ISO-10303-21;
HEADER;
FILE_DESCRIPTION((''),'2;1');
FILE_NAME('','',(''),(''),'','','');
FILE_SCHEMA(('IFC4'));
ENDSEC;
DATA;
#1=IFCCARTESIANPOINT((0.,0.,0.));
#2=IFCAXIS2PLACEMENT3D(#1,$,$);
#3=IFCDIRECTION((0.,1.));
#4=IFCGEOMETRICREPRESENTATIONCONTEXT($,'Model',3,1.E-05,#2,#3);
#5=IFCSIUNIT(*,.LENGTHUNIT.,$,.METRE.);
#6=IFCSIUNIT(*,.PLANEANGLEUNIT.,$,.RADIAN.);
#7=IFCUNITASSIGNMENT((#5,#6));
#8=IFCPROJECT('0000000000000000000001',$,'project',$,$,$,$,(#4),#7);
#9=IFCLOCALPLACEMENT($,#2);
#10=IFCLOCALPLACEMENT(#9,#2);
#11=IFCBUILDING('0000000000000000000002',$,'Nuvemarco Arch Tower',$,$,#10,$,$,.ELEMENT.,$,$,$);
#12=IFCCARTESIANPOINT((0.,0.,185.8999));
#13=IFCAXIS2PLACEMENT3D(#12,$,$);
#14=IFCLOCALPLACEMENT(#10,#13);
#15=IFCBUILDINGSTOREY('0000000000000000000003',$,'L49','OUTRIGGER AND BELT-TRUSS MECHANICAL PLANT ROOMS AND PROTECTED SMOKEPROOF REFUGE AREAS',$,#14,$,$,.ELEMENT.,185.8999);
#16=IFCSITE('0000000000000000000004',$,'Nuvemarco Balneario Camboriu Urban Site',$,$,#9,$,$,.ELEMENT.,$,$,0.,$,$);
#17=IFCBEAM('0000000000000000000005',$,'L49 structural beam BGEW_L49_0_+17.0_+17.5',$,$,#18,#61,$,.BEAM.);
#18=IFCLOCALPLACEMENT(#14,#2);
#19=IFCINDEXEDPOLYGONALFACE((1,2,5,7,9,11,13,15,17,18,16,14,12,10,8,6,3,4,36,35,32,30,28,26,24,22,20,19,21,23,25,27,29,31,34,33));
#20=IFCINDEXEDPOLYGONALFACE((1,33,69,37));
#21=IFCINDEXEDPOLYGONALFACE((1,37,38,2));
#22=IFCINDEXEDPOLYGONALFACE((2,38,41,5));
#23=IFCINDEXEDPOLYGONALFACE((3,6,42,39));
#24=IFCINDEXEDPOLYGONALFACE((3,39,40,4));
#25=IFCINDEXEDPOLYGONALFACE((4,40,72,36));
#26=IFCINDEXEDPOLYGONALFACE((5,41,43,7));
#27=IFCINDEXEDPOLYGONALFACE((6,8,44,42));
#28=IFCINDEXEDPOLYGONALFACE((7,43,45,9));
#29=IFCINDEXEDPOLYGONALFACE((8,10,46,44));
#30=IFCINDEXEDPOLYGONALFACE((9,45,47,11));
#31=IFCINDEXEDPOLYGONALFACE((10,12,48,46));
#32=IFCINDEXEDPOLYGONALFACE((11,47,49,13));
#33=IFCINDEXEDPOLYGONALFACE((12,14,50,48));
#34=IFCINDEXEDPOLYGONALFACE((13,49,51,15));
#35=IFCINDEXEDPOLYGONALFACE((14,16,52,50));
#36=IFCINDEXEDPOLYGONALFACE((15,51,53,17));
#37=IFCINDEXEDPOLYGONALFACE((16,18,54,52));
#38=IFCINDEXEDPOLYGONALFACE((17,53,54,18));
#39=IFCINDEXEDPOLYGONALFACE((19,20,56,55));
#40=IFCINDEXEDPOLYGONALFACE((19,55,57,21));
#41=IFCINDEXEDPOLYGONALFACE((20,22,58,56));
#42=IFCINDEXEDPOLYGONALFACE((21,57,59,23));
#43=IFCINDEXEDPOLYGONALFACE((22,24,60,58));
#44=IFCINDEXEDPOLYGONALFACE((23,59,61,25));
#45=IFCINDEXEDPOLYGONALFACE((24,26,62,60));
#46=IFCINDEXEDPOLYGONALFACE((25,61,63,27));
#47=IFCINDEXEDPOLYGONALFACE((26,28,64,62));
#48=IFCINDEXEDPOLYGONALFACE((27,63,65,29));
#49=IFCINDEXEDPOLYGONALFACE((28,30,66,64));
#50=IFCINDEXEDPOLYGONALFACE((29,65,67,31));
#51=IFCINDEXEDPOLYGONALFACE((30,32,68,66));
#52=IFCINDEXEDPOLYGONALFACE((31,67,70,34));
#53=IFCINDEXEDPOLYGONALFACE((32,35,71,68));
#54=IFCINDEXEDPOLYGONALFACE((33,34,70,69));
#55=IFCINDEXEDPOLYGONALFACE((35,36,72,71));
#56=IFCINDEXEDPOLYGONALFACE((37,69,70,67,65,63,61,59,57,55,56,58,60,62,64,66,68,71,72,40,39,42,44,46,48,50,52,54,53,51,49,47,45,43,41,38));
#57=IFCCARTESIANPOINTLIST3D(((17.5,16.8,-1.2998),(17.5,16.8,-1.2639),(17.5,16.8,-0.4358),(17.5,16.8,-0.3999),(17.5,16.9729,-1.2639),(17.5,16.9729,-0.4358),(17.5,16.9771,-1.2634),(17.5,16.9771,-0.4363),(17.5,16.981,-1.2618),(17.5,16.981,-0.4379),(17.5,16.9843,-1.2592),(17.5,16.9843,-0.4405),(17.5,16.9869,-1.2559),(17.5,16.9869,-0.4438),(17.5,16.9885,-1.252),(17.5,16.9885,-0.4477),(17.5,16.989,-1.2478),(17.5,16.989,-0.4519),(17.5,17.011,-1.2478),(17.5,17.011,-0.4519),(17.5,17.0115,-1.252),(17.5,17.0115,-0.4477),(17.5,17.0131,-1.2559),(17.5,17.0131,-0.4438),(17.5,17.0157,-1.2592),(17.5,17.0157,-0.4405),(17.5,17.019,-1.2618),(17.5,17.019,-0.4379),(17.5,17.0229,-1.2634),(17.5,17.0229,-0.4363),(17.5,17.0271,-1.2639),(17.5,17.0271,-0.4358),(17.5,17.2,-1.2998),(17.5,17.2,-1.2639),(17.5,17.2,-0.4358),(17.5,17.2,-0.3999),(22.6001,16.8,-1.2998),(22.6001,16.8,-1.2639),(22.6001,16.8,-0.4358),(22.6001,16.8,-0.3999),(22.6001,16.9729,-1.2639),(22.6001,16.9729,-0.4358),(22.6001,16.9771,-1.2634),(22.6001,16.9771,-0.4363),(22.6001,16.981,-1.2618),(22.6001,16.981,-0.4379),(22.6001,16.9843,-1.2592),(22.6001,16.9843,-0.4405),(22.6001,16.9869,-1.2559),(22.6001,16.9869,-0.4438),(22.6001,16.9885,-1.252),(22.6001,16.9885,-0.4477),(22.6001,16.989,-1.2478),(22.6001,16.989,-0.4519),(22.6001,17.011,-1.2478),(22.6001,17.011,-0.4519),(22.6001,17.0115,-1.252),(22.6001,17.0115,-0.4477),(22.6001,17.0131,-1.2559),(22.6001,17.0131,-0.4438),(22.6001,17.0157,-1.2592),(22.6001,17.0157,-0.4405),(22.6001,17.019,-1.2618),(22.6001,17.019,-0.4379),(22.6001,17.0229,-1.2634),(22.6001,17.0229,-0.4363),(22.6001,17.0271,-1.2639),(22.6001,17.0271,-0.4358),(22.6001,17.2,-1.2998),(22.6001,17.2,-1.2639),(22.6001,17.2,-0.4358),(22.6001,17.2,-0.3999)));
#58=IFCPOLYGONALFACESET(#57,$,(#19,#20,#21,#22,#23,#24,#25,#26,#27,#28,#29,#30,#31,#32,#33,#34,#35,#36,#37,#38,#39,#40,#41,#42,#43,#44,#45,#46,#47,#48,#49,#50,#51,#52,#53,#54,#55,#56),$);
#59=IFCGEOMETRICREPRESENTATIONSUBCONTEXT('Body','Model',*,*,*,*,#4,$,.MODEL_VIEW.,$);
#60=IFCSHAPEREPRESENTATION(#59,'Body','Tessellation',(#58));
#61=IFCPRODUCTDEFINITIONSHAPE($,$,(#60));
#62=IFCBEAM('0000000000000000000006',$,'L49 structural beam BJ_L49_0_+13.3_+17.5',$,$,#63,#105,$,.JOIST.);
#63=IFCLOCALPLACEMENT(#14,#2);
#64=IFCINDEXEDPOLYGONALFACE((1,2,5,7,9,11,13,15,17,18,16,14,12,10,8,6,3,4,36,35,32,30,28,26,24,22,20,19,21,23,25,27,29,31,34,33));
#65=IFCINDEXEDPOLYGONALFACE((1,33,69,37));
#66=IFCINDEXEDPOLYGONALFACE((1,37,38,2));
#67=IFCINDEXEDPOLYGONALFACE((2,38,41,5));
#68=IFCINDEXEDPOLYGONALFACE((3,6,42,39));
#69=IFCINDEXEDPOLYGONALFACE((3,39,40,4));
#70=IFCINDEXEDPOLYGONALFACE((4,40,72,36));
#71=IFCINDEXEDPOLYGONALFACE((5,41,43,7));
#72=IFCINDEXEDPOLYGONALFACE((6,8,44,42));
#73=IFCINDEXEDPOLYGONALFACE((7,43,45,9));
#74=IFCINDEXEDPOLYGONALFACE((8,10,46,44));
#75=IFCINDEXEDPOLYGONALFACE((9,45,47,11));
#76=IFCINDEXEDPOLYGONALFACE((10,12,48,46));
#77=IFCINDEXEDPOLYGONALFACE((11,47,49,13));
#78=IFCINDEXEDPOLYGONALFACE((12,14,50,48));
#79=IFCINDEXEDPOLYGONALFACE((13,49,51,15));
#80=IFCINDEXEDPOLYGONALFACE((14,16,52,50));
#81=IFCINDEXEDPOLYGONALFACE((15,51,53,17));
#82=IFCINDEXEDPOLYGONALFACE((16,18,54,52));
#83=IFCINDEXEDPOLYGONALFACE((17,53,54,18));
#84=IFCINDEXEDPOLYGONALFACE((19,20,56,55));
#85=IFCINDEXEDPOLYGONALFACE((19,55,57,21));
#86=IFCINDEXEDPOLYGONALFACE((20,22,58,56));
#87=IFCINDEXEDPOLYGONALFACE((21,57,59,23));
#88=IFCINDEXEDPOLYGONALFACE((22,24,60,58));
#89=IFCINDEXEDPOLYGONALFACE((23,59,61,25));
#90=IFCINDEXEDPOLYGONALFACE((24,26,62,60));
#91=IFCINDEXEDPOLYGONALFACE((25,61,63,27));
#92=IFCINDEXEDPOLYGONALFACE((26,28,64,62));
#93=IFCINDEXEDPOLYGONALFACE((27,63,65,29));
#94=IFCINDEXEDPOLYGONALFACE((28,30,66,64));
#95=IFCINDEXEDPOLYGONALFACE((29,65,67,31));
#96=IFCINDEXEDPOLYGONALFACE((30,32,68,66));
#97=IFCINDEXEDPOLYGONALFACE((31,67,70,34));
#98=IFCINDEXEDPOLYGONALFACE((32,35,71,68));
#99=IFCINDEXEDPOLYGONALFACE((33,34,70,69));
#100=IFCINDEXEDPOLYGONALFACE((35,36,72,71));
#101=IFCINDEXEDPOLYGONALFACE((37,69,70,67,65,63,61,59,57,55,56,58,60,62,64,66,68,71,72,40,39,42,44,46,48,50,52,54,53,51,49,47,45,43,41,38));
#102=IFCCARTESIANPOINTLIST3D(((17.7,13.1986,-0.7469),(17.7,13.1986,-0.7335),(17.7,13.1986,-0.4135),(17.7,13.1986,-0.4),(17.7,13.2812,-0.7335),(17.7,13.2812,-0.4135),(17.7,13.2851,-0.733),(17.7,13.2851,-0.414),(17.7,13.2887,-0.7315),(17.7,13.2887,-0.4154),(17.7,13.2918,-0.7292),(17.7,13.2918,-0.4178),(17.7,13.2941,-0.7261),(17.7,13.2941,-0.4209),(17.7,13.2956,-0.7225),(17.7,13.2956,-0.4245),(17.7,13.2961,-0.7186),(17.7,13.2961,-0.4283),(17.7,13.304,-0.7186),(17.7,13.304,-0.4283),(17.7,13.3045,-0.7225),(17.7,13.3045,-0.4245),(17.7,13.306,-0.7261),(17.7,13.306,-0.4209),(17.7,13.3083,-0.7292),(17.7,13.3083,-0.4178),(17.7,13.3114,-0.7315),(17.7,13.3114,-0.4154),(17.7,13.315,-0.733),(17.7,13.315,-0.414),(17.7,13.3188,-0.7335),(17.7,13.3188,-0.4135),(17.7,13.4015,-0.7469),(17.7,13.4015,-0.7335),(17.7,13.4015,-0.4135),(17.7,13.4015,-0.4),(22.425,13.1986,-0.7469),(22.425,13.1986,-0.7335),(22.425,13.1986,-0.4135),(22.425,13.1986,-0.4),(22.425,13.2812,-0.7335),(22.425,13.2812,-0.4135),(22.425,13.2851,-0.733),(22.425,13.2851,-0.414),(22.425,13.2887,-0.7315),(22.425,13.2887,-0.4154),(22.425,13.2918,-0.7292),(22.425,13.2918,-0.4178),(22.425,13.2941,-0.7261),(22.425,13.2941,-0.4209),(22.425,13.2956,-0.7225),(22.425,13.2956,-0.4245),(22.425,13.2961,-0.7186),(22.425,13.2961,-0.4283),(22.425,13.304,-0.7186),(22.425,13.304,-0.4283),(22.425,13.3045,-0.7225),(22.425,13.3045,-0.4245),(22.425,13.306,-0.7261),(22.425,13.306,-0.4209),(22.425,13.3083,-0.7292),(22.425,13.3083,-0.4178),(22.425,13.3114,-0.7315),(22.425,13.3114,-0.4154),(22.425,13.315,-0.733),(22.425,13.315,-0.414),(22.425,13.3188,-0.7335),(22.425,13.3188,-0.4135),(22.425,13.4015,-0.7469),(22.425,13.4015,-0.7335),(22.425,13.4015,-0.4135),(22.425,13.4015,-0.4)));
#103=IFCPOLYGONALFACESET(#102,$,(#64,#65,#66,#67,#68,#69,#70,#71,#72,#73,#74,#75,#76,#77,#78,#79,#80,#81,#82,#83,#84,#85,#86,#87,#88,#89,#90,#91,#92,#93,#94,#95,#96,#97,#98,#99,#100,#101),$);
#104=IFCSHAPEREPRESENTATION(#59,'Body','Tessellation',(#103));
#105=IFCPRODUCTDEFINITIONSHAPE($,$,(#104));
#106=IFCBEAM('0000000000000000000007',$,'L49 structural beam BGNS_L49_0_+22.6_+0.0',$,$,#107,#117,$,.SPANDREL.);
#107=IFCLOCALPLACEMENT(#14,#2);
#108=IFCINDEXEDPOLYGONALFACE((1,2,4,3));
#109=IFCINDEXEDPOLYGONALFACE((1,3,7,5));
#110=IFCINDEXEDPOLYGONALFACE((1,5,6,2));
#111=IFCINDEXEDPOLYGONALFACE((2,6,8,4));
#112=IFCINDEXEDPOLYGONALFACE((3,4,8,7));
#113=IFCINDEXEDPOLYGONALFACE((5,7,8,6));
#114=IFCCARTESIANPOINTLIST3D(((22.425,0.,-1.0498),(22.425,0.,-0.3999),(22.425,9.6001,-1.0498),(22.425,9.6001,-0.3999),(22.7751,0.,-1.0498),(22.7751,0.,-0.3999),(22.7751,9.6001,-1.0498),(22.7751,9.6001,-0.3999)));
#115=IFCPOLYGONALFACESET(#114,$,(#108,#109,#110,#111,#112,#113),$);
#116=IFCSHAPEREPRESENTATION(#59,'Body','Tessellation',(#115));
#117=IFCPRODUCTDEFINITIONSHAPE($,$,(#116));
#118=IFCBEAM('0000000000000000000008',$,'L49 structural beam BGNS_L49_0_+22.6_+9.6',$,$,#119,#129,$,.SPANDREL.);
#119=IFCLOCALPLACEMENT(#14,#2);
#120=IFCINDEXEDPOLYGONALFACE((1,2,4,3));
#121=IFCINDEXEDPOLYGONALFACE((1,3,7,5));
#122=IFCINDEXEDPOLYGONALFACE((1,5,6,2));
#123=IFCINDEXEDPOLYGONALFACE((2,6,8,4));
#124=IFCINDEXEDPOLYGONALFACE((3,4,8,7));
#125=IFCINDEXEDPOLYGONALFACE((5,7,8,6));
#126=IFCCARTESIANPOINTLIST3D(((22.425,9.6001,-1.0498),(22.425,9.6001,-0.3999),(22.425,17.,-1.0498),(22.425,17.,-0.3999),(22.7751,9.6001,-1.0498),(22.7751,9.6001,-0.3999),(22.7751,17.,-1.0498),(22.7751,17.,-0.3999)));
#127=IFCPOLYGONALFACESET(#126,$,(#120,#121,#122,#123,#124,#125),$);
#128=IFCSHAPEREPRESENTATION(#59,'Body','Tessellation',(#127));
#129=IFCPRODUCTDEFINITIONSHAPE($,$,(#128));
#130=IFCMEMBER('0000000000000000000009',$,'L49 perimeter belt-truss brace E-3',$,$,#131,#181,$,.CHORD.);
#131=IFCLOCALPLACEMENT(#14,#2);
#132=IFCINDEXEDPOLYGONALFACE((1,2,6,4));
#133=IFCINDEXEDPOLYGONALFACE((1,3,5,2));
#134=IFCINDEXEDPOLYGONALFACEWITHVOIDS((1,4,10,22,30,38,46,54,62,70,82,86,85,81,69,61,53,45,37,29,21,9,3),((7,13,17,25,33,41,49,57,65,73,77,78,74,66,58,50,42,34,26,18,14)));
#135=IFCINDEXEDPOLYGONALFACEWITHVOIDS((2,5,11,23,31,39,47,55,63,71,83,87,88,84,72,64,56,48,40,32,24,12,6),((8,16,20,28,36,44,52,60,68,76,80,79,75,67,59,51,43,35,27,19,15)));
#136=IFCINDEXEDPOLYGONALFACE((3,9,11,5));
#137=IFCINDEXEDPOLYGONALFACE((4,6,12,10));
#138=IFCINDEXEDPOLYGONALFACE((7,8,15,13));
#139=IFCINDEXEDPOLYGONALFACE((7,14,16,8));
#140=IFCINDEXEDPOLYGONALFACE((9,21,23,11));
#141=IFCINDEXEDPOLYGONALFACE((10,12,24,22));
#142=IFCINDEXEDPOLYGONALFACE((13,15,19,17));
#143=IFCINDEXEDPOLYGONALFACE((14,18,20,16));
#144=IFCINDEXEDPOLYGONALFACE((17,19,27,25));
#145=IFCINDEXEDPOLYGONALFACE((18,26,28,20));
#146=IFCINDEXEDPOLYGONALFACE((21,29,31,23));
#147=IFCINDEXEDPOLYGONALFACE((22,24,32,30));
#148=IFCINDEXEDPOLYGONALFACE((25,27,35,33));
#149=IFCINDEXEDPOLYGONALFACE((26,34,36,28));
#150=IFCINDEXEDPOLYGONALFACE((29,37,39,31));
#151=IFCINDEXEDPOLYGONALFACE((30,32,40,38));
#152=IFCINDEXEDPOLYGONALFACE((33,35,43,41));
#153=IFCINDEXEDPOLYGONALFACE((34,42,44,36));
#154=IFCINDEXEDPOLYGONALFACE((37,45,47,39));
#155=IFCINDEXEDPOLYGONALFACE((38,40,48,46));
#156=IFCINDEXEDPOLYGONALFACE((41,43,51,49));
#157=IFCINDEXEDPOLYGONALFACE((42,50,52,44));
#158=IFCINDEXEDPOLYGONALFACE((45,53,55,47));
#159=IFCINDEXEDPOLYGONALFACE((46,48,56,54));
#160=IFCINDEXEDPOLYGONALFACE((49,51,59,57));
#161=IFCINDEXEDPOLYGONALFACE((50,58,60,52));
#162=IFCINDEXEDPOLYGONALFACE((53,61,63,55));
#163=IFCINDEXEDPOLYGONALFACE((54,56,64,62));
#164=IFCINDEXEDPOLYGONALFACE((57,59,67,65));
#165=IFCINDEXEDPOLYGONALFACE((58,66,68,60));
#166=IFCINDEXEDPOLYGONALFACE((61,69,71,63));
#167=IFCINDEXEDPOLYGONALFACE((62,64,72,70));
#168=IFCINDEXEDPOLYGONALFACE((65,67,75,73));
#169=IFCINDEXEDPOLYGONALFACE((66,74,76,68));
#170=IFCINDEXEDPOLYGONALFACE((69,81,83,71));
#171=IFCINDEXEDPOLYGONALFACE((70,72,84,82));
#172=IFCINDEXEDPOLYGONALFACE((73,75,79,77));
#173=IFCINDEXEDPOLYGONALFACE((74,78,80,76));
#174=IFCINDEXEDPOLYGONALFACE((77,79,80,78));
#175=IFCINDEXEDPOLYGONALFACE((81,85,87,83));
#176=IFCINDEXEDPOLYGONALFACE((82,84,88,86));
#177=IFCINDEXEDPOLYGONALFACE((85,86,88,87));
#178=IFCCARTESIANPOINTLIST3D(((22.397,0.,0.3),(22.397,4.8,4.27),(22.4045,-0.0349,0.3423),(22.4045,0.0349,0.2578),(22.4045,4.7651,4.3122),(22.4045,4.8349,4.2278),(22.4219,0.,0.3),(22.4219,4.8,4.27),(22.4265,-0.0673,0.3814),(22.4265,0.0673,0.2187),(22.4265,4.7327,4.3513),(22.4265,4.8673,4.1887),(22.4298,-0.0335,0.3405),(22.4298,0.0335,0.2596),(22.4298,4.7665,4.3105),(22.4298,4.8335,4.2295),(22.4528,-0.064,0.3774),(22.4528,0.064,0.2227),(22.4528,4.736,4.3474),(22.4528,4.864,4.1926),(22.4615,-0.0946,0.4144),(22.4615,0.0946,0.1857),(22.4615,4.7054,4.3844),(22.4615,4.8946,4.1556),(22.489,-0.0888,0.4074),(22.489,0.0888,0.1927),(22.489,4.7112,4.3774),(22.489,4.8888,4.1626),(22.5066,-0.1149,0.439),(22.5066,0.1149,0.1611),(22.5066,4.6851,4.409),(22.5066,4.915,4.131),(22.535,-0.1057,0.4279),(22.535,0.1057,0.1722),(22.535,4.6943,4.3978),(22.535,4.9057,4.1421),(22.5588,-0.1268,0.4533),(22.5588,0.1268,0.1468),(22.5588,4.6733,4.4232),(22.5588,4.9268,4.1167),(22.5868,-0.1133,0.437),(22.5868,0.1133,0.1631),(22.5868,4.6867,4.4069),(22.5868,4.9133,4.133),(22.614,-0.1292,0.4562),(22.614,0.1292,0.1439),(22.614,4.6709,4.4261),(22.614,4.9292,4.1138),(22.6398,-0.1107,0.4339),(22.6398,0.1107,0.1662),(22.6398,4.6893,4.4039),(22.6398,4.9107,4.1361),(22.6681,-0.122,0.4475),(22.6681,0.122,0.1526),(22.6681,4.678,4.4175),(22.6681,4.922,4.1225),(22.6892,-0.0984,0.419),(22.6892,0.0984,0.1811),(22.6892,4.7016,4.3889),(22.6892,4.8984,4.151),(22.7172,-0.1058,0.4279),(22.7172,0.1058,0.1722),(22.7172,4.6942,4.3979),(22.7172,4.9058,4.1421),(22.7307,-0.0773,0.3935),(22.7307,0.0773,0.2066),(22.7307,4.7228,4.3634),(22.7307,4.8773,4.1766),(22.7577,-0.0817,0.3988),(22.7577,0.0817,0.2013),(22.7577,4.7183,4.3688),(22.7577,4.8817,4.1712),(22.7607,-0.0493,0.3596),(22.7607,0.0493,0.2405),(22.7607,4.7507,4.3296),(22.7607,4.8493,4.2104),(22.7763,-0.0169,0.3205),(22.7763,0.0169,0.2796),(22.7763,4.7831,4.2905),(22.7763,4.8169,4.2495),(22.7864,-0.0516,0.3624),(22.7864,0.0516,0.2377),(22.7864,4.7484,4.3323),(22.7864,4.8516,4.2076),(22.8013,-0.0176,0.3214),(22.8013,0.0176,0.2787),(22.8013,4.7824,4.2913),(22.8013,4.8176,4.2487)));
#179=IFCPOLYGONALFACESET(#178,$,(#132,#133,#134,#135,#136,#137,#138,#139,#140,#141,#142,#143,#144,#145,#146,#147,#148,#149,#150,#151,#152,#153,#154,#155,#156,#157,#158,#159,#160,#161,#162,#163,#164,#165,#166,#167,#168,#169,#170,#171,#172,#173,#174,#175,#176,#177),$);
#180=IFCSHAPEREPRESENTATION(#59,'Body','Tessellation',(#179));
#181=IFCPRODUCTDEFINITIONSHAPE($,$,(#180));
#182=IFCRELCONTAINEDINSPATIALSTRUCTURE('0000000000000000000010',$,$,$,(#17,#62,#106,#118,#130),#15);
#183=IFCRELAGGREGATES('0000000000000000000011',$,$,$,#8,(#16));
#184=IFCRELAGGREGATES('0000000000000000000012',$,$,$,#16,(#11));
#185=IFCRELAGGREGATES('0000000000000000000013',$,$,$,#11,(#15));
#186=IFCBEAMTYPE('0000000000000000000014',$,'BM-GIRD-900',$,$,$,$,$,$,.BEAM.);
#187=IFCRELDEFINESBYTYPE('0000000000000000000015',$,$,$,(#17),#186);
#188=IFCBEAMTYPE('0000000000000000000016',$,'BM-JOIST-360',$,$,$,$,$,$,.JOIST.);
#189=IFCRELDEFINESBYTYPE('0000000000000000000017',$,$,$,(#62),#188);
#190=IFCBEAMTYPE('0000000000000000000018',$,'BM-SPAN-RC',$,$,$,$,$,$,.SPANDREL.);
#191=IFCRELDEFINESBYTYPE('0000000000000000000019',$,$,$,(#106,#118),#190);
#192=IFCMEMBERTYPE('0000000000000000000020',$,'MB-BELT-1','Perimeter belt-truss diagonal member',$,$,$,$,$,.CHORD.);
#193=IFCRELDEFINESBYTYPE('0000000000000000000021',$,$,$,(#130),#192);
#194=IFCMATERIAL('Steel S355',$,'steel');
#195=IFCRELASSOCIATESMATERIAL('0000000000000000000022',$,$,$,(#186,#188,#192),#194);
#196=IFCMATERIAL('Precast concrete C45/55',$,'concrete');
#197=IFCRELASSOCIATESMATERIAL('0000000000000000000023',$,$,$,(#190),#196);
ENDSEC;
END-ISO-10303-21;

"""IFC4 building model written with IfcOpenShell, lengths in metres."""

from ifc_helpers import new_model, si_unit, direction, frame, origin, origin_2d, place, context, subcontext, project, spatial, rectangle, hollow_circle, i_section, extrude, material, material_profile, profile_set, type_object, element, save


model = new_model("IFC4")

# Units and contexts
model_context = context("Model", 3, precision=1e-05, world=origin(), true_north=direction((0.0, 1.0)))
body_context = subcontext(model_context, "Body", "Model", "MODEL_VIEW")
ifc_project = project(units=[si_unit("LENGTHUNIT", "METRE"), si_unit("PLANEANGLEUNIT", "RADIAN")], contexts=[model_context])

# Site, building, storey
site_placement = place(None, origin())
site = spatial("IfcSite", under=ifc_project, at=site_placement, Name="Nuvemarco Balneario Camboriu Urban Site", CompositionType="ELEMENT", RefElevation=0.0)
building_placement = place(site_placement, origin())
building = spatial("IfcBuilding", under=site, at=building_placement, Name="Nuvemarco Arch Tower", CompositionType="ELEMENT")
storey_placement = place(building_placement, frame((0.0, 0.0, 185.8999)))
storey = spatial("IfcBuildingStorey", under=building, at=storey_placement, Name="L49", Description="OUTRIGGER AND BELT-TRUSS MECHANICAL PLANT ROOMS AND PROTECTED SMOKEPROOF REFUGE AREAS", CompositionType="ELEMENT", Elevation=185.8999)

# Shared definitions
ifc_material_1 = material(Name="Steel S355", Category="steel")

# Beams
ifc_material_profile_1 = material_profile(ifc_material_1, i_section(OverallWidth=0.3999, OverallDepth=0.8999, WebThickness=0.022, FlangeThickness=0.0359, FilletRadius=0.0161, at=origin_2d()), Name="PG900x400")
ifc_profile_set_1 = profile_set([ifc_material_profile_1], Name="Steel S355")
beam_type_1 = type_object("IfcBeamType", Name="BM-GIRD-900", PredefinedType="BEAM", material=ifc_profile_set_1)
for number, where, z_axis, x_axis, name in (
    (1, (17.5, 17.0, -0.8499), (1.0, 0.0, 0.0), (0.0, 1.0, 0.0), "L49 structural beam BGEW_L49_0_+17.0_+17.5"),
):
    element("IfcBeam", number, at=place(storey_placement, frame(where, z_axis=z_axis, x_axis=x_axis)), inside=storey, type_object=beam_type_1, Name=name, PredefinedType="BEAM", context=body_context, shape_type="SweptSolid", body=[
        extrude(i_section(OverallWidth=0.3999, OverallDepth=0.8999, WebThickness=0.022, FlangeThickness=0.0359, FilletRadius=0.0161, at=origin_2d()), origin(), (0.0, 0.0, 1.0), 5.1001),
    ])
ifc_material_profile_2 = material_profile(ifc_material_1, i_section(OverallWidth=0.2029, OverallDepth=0.3469, WebThickness=0.0078, FlangeThickness=0.0134, FilletRadius=0.0149, at=origin_2d()), Name="W360x64")
ifc_profile_set_2 = profile_set([ifc_material_profile_2], Name="Steel S355")
beam_type_2 = type_object("IfcBeamType", Name="BM-JOIST-360", PredefinedType="JOIST", material=ifc_profile_set_2)
beam_1_placement = place(storey_placement, frame((17.7, 13.3, -0.5735), z_axis=(1.0, 0.0, 0.0), x_axis=(0.0, 1.0, 0.0)))
element("IfcBeam", 2, at=beam_1_placement, inside=storey, type_object=beam_type_2, Name="L49 structural beam BJ_L49_0_+13.3_+17.5", PredefinedType="JOIST", context=body_context, shape_type="SweptSolid", body=[
    extrude(i_section(OverallWidth=0.2029, OverallDepth=0.3469, WebThickness=0.0078, FlangeThickness=0.0134, FilletRadius=0.0149, at=origin_2d()), origin(), (0.0, 0.0, 1.0), 4.7251),
])
ifc_material_2 = material(Name="Precast concrete C45/55", Category="concrete")
ifc_material_profile_3 = material_profile(ifc_material_2, rectangle(XDim=0.3501, YDim=0.6499, at=origin_2d()), Name="PC-SP-350x650")
ifc_profile_set_3 = profile_set([ifc_material_profile_3], Name="Precast concrete C45/55")
beam_type_3 = type_object("IfcBeamType", Name="BM-SPAN-RC", PredefinedType="SPANDREL", material=ifc_profile_set_3)
beam_2_placement = place(storey_placement, frame((22.6001, 0.0, -0.7249), z_axis=(0.0, 1.0, 0.0), x_axis=(-1.0, 0.0, 0.0)))
element("IfcBeam", 3, at=beam_2_placement, inside=storey, type_object=beam_type_3, Name="L49 structural beam BGNS_L49_0_+22.6_+0.0", PredefinedType="SPANDREL", context=body_context, shape_type="SweptSolid", body=[
    extrude(rectangle(XDim=0.3501, YDim=0.6499, at=origin_2d()), origin(), (0.0, 0.0, 1.0), 9.6001),
])
beam_3_placement = place(storey_placement, frame((22.6001, 9.6001, -0.7249), z_axis=(0.0, 1.0, 0.0), x_axis=(-1.0, 0.0, 0.0)))
element("IfcBeam", 4, at=beam_3_placement, inside=storey, type_object=beam_type_3, Name="L49 structural beam BGNS_L49_0_+22.6_+9.6", PredefinedType="SPANDREL", context=body_context, shape_type="SweptSolid", body=[
    extrude(rectangle(XDim=0.3501, YDim=0.6499, at=origin_2d()), origin(), (0.0, 0.0, 1.0), 7.3999),
])

# Member
ifc_material_profile_4 = material_profile(ifc_material_1, hollow_circle(Radius=0.2031, WallThickness=0.0249, at=origin_2d()), Name="CHS406.4x25")
ifc_profile_set_4 = profile_set([ifc_material_profile_4], Name="Steel S355")
member_type_1 = type_object("IfcMemberType", Name="MB-BELT-1", Description="Perimeter belt-truss diagonal member", PredefinedType="CHORD", material=ifc_profile_set_4)
for number, where, z_axis, x_axis, name in (
    (5, (22.6001, 0.0, 0.3), (0.0, 0.77059, 0.637331), (-1.0, 0.0, 0.0), "L49 perimeter belt-truss brace E-3"),
):
    element("IfcMember", number, at=place(storey_placement, frame(where, z_axis=z_axis, x_axis=x_axis)), inside=storey, type_object=member_type_1, Name=name, PredefinedType="CHORD", context=body_context, shape_type="SweptSolid", body=[
        extrude(hollow_circle(Radius=0.2031, WallThickness=0.0249, at=origin_2d()), origin(), (0.0, 0.0, 1.0), 6.229),
    ])

save(model, "model.ifc")
